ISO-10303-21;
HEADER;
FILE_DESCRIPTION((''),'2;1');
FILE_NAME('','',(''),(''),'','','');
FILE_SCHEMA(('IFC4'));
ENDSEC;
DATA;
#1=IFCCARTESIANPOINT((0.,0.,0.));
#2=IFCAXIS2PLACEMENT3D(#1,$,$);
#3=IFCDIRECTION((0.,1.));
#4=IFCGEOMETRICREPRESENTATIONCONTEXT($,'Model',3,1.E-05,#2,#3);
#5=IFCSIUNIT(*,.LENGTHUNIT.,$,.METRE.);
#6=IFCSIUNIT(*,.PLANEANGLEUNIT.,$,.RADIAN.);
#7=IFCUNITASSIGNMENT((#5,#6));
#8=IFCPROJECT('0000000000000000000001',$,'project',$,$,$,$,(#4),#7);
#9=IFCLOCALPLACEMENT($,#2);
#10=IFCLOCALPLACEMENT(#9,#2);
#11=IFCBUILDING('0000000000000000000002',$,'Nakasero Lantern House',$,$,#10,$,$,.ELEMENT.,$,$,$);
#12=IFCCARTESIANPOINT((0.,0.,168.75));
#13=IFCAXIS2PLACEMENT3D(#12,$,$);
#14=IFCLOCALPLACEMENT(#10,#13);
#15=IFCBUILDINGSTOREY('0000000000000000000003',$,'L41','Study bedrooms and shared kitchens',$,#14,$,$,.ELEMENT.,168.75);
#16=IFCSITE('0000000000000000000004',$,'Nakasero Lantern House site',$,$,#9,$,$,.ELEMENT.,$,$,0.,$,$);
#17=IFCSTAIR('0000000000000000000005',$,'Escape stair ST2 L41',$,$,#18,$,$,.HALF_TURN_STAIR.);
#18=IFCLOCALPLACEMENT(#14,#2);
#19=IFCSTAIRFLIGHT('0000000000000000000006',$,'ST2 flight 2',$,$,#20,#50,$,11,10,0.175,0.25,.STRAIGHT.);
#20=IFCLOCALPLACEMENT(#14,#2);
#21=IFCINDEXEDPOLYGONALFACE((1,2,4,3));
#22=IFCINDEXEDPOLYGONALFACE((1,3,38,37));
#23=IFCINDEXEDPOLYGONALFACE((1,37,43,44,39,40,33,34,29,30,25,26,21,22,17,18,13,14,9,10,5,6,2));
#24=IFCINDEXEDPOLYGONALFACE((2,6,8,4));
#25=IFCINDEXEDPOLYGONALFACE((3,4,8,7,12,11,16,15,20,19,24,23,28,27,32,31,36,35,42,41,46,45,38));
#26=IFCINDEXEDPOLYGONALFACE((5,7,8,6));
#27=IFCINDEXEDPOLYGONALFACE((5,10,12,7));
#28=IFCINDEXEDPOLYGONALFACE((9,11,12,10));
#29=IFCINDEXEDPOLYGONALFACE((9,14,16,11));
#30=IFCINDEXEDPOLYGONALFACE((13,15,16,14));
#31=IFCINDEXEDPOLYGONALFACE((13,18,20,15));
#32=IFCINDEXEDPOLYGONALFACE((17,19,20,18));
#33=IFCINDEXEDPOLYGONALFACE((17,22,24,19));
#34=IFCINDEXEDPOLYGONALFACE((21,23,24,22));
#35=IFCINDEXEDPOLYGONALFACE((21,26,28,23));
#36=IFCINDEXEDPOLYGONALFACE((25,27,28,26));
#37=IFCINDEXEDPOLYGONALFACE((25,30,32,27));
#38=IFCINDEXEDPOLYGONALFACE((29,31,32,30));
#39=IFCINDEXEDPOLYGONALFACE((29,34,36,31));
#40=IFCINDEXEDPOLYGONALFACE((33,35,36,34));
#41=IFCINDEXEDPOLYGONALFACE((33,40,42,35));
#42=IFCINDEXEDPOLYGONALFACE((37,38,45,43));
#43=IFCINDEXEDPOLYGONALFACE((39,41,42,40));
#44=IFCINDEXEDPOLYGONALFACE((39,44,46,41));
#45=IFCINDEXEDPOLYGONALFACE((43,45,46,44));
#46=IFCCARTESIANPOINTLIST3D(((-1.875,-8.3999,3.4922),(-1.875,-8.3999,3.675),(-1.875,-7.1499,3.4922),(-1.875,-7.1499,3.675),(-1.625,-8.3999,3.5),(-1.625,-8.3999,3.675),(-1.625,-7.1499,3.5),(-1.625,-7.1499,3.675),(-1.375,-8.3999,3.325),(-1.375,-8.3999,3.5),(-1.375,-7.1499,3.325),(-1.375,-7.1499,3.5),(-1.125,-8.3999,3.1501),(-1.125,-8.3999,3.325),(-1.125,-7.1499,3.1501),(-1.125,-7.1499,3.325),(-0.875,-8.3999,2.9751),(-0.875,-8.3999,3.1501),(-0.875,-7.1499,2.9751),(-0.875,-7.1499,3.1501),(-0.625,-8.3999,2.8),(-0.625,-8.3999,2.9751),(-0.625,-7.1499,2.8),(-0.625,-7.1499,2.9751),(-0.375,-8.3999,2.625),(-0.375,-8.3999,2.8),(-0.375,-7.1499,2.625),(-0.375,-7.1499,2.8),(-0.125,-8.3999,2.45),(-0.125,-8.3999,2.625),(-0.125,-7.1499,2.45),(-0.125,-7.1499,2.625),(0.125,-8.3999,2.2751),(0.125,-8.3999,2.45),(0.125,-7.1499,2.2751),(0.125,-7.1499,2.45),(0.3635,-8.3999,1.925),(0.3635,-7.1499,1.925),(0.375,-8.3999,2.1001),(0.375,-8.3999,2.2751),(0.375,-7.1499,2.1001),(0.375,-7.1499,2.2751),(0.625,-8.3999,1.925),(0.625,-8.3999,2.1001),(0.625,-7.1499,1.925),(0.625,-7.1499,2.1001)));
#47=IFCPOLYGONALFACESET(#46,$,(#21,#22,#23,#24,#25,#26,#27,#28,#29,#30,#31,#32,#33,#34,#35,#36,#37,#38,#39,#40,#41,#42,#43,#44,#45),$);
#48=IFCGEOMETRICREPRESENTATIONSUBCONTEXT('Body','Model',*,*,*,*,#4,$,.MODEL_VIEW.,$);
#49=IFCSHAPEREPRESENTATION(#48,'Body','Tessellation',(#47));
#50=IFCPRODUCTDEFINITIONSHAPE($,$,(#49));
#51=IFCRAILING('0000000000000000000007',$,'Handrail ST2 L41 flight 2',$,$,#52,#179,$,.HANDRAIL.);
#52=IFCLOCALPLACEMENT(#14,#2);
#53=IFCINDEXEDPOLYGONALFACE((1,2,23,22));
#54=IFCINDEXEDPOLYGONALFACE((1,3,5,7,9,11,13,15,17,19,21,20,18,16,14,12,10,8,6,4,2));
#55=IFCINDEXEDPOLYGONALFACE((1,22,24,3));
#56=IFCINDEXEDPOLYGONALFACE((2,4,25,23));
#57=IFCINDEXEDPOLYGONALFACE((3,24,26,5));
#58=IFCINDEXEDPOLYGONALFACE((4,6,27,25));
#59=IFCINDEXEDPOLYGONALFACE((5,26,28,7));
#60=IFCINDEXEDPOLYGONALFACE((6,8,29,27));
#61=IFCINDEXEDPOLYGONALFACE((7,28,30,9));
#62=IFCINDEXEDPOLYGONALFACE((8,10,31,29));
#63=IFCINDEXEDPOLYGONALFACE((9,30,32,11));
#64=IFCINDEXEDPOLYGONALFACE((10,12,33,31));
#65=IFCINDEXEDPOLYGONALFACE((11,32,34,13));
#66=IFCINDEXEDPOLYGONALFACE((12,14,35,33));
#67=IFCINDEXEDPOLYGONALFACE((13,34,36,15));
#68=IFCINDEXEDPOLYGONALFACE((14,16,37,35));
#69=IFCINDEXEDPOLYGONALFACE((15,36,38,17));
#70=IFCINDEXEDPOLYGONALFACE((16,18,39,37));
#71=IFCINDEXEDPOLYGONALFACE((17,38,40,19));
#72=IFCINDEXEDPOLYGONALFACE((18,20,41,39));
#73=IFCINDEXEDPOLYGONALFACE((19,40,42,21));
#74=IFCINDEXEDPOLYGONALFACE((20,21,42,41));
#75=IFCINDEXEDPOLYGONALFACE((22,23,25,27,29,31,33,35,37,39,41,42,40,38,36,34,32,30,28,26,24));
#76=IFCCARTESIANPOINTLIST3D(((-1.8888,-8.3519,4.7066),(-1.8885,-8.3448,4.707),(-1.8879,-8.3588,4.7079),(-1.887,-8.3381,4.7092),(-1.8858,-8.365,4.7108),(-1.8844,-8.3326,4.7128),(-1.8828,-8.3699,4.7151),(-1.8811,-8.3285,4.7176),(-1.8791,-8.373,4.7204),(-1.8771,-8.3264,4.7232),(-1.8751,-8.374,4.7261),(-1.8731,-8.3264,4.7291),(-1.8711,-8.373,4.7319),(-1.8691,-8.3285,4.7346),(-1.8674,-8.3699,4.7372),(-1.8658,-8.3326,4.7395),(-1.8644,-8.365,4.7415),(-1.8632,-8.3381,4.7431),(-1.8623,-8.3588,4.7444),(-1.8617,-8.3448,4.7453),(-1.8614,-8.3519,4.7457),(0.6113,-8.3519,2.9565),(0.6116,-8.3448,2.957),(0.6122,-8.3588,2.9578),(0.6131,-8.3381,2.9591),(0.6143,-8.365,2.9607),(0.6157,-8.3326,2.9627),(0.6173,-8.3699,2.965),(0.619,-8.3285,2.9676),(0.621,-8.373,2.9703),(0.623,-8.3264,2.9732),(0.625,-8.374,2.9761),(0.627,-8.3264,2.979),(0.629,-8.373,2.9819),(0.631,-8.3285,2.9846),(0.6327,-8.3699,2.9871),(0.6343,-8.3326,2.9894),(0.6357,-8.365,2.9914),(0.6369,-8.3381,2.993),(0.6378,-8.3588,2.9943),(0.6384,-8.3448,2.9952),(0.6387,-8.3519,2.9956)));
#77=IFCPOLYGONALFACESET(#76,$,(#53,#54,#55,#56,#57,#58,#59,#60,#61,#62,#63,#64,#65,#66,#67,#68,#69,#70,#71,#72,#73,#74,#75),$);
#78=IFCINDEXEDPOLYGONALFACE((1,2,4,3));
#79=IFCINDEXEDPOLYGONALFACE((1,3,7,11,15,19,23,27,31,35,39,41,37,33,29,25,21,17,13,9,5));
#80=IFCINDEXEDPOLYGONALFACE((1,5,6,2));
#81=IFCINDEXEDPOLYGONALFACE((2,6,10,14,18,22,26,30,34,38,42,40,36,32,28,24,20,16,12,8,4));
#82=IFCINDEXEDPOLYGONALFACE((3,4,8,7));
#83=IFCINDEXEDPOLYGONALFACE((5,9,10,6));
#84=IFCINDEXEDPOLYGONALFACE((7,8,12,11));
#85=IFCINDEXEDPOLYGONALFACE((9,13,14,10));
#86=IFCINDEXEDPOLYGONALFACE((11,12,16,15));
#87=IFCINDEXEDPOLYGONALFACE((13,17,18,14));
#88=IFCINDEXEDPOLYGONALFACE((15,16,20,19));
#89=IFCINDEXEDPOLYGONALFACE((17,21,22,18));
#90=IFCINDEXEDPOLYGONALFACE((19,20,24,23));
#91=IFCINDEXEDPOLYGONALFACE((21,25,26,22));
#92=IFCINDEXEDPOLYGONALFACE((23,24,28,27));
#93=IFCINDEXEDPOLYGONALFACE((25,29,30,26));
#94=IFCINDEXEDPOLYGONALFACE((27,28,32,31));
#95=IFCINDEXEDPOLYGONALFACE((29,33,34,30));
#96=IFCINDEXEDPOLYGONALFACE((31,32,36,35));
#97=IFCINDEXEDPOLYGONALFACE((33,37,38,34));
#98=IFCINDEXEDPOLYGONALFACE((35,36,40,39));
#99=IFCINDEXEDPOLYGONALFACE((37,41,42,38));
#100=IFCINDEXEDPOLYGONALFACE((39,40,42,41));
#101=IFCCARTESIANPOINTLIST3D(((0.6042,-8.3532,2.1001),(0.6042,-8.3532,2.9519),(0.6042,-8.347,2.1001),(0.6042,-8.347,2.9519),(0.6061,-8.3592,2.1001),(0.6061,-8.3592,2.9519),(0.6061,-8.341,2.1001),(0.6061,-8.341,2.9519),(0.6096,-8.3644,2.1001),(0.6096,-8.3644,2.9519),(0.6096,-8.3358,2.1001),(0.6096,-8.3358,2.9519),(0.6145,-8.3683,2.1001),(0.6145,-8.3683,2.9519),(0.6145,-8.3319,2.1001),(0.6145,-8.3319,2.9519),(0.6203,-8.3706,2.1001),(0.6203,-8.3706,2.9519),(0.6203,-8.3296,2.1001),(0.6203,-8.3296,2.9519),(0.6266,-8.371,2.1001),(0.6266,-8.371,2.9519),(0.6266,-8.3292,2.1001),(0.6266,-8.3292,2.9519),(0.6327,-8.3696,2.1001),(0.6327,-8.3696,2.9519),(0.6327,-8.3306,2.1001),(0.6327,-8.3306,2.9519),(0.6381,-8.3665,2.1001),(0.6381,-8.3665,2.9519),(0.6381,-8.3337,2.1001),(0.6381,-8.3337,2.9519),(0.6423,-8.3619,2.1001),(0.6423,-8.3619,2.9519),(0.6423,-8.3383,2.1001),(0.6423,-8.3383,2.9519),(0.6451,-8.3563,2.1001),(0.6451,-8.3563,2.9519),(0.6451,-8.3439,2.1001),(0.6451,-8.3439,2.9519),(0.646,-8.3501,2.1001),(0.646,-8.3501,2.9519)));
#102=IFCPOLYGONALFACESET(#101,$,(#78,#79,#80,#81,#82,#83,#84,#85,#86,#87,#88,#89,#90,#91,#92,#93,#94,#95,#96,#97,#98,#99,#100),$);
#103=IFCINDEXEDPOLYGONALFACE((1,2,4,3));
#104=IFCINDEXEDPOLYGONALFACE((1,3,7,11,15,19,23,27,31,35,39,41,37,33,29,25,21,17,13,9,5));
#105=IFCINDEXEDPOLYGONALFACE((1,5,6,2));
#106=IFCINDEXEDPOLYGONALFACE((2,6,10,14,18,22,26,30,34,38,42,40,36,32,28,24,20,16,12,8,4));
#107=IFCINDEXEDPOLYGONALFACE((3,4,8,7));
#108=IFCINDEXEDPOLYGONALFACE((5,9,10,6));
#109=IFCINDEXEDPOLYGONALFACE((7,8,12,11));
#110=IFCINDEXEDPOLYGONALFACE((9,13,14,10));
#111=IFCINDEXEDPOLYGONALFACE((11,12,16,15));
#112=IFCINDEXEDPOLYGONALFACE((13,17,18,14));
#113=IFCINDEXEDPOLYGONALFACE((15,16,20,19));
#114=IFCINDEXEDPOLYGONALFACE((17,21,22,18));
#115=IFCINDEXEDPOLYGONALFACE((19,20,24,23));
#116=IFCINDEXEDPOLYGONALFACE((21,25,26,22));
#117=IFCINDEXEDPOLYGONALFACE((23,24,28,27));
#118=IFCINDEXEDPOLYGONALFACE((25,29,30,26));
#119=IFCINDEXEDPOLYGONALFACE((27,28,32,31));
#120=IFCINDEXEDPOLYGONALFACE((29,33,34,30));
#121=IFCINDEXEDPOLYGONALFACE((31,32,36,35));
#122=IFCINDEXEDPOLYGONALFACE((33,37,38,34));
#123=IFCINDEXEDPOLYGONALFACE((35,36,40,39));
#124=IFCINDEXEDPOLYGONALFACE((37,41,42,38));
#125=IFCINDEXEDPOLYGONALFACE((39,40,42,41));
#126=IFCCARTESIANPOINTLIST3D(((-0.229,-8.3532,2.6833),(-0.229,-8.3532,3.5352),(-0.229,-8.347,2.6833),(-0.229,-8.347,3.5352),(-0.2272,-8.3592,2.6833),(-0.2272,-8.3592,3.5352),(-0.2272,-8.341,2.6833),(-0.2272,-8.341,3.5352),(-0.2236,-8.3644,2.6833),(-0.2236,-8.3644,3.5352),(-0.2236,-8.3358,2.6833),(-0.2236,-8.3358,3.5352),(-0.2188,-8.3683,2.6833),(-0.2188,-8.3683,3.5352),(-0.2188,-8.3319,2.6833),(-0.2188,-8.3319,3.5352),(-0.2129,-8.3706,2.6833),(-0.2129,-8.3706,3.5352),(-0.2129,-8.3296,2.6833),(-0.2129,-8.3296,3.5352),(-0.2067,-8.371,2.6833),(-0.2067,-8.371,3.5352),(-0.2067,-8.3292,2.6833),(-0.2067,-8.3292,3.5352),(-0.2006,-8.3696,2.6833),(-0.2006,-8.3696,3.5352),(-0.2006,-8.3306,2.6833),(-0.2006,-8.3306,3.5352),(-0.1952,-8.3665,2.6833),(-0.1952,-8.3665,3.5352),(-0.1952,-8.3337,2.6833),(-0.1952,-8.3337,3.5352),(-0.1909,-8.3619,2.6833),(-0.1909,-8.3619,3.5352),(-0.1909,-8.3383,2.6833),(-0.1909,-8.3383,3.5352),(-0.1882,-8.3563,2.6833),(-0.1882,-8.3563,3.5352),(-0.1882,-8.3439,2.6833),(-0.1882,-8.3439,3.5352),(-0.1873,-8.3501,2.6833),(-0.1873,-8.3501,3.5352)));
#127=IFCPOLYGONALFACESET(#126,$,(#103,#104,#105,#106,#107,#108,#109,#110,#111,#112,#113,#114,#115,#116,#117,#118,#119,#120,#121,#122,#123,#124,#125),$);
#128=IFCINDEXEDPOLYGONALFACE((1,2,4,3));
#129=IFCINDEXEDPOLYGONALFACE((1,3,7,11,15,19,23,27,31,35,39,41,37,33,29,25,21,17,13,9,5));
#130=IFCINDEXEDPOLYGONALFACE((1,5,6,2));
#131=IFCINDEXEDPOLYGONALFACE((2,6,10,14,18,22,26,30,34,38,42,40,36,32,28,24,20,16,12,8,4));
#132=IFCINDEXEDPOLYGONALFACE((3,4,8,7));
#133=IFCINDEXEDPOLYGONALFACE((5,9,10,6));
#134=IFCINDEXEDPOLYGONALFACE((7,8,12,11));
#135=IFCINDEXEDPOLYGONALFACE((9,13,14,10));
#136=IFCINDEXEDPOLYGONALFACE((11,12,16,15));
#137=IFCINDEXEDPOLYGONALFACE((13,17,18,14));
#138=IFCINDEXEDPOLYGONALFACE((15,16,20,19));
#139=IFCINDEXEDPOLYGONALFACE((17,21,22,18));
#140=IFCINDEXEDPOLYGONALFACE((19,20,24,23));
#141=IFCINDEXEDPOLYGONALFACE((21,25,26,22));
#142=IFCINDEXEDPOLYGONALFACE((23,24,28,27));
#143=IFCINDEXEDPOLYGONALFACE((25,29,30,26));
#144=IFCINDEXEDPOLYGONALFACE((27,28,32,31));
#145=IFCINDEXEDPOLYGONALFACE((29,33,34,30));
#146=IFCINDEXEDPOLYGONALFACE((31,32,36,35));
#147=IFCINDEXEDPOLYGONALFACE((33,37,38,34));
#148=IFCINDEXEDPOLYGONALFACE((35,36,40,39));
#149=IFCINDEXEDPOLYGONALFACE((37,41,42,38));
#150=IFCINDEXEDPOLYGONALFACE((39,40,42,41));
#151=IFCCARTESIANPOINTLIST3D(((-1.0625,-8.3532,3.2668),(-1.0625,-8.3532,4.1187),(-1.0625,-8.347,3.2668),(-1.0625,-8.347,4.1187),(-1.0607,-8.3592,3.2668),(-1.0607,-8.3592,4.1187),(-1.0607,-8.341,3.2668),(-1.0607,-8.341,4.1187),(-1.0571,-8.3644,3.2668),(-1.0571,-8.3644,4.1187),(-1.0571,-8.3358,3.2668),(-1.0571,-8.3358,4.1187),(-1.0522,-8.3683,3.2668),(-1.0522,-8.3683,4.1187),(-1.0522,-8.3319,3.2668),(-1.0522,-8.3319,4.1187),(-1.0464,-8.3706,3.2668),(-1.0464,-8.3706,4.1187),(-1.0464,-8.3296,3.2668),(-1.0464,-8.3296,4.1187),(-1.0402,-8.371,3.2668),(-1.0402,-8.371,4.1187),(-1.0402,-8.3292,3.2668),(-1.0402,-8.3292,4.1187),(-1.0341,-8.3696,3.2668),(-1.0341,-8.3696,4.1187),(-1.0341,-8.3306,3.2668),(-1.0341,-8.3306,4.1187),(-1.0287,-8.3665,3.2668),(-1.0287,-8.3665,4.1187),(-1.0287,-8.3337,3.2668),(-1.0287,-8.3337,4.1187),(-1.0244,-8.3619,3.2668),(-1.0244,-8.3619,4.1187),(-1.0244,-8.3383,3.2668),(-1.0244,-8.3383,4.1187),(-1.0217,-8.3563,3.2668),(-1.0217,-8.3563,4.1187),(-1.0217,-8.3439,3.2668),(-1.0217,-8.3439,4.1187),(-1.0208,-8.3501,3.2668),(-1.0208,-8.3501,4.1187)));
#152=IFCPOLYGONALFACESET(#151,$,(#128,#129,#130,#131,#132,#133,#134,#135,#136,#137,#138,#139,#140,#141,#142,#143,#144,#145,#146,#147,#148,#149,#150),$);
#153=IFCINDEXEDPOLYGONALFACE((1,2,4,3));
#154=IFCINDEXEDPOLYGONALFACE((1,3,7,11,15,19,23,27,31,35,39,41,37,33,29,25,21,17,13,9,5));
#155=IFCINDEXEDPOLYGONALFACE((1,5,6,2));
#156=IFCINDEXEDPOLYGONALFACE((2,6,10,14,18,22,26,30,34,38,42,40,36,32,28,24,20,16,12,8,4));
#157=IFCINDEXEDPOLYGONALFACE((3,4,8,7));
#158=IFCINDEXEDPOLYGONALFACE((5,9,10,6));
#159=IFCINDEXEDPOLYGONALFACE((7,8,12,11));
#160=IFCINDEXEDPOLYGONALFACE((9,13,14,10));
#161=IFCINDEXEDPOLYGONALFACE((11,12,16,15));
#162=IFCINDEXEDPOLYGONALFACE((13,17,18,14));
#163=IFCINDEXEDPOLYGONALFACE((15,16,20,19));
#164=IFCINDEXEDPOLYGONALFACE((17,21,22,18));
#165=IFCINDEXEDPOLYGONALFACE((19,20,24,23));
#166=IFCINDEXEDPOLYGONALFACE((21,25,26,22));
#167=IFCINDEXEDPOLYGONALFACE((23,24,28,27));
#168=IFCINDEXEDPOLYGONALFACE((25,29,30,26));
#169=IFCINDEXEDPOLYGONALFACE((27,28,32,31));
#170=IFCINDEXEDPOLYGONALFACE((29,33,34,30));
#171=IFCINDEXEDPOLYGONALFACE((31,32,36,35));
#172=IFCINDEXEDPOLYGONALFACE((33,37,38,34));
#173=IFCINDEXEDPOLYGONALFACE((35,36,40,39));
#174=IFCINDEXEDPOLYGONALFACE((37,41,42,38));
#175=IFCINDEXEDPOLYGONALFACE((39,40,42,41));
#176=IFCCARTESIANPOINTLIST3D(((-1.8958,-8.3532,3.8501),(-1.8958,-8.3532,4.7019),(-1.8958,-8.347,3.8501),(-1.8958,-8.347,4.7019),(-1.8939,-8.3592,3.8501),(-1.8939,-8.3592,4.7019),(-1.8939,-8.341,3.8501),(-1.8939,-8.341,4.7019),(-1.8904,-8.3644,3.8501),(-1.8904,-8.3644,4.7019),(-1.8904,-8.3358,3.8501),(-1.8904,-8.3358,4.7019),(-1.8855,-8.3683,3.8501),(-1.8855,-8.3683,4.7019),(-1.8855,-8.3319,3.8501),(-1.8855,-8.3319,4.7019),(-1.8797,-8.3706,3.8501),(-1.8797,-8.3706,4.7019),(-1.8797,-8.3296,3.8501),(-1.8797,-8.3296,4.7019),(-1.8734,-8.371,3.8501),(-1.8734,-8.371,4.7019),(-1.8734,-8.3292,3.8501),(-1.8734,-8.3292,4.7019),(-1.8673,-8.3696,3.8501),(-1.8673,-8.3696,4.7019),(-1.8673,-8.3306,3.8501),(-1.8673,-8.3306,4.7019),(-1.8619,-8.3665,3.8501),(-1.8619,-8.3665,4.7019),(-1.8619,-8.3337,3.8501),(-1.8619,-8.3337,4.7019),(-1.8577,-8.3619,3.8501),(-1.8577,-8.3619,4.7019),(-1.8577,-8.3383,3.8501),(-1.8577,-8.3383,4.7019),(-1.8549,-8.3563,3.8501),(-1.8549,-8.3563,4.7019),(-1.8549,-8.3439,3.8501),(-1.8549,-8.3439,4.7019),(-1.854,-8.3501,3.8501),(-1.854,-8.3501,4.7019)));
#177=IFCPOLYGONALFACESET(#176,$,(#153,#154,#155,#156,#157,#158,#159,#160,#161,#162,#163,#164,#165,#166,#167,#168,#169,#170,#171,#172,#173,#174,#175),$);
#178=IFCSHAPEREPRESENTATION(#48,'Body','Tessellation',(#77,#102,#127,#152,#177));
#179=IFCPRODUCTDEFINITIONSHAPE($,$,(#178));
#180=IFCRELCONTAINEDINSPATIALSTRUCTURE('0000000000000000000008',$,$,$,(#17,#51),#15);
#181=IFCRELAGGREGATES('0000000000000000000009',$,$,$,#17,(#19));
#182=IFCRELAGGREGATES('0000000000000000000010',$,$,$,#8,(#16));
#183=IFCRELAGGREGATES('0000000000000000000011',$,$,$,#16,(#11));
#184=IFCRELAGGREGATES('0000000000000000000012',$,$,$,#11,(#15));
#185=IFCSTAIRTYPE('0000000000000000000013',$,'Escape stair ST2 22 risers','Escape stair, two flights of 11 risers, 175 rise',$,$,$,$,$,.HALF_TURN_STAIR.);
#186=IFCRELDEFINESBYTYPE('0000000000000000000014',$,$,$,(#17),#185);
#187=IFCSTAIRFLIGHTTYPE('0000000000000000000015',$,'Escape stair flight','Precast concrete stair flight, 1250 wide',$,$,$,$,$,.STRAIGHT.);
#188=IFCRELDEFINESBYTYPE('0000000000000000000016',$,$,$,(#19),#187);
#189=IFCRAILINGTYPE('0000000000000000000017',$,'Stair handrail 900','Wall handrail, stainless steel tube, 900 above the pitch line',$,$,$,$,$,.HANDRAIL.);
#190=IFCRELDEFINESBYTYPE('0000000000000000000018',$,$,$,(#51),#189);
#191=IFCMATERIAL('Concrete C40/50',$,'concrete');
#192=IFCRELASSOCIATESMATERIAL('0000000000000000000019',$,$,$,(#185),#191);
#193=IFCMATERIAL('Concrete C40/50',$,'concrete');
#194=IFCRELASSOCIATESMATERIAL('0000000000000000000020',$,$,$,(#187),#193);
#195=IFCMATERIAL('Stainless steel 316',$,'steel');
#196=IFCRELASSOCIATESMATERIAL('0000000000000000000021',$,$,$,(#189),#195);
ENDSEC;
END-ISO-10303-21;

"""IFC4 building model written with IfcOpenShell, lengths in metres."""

from ifc_helpers import new_model, si_unit, direction, frame, origin, origin_2d, place, context, subcontext, project, spatial, polyline, circle, outline, extrude, material, type_object, element, aggregate, save


model = new_model("IFC4")

# Units and contexts
model_context = context("Model", 3, precision=1e-05, world=origin(), true_north=direction((0.0, 1.0)))
body_context = subcontext(model_context, "Body", "Model", "MODEL_VIEW")
ifc_project = project(units=[si_unit("LENGTHUNIT", "METRE"), si_unit("PLANEANGLEUNIT", "RADIAN")], contexts=[model_context])

# Site, building, storey
site_placement = place(None, origin())
site = spatial("IfcSite", under=ifc_project, at=site_placement, Name="Nakasero Lantern House site", CompositionType="ELEMENT", RefElevation=0.0)
building_placement = place(site_placement, origin())
building = spatial("IfcBuilding", under=site, at=building_placement, Name="Nakasero Lantern House", CompositionType="ELEMENT")
storey_placement = place(building_placement, frame((0.0, 0.0, 168.75)))
storey = spatial("IfcBuildingStorey", under=building, at=storey_placement, Name="L41", Description="Study bedrooms and shared kitchens", CompositionType="ELEMENT", Elevation=168.75)

# Stair, stair flight
ifc_material_1 = material(Name="Concrete C40/50", Category="concrete")
stair_type = type_object("IfcStairType", Name="Escape stair ST2 22 risers", Description="Escape stair, two flights of 11 risers, 175 rise", PredefinedType="HALF_TURN_STAIR", material=ifc_material_1)
stair_placement = place(storey_placement, origin())
stair = element("IfcStair", 1, at=stair_placement, inside=storey, type_object=stair_type, Name="Escape stair ST2 L41", PredefinedType="HALF_TURN_STAIR")
ifc_material_2 = material(Name="Concrete C40/50", Category="concrete")
stair_flight_type = type_object("IfcStairFlightType", Name="Escape stair flight", Description="Precast concrete stair flight, 1250 wide", PredefinedType="STRAIGHT", material=ifc_material_2)
stair_flight_placement = place(storey_placement, frame((0.625, -7.7749, 1.925), z_axis=(0.0, 0.0, 1.0), x_axis=(-1.0, 0.0, 0.0)))
stair_flight = element("IfcStairFlight", 2, at=stair_flight_placement, type_object=stair_flight_type, Name="ST2 flight 2", NumberOfRisers=11, NumberOfTreads=10, PredefinedType="STRAIGHT", RiserHeight=0.175, TreadLength=0.25, context=body_context, shape_type="SweptSolid", body=[
    extrude(outline(polyline([(0.0, 0.0), (0.0, 0.175), (0.25, 0.175), (0.25, 0.3501), (0.5, 0.3501), (0.5, 0.5249), (0.75, 0.5249), (0.75, 0.7), (1.0, 0.7), (1.0, 0.875), (1.25, 0.875), (1.25, 1.05), (1.5, 1.05), (1.5, 1.2251), (1.75, 1.2251), (1.75, 1.3999), (2.0, 1.3999), (2.0, 1.575), (2.25, 1.575), (2.25, 1.75), (2.5, 1.75), (2.5, 1.925), (2.5, 1.5671), (0.2615, 0.0), (0.0, 0.0)])), frame((0.0, 0.625, 0.0), z_axis=(0.0, -1.0, 0.0), x_axis=(1.0, 0.0, 0.0)), (0.0, 0.0, 1.0), 1.25),
])
aggregate(stair, [stair_flight])

# Railing
ifc_material_3 = material(Name="Stainless steel 316", Category="steel")
railing_type = type_object("IfcRailingType", Name="Stair handrail 900", Description="Wall handrail, stainless steel tube, 900 above the pitch line", PredefinedType="HANDRAIL", material=ifc_material_3)
railing_placement = place(storey_placement, frame((0.625, -8.3501, 2.1001)))
element("IfcRailing", 3, at=railing_placement, inside=storey, type_object=railing_type, Name="Handrail ST2 L41 flight 2", PredefinedType="HANDRAIL", context=body_context, shape_type="SweptSolid", body=[
    extrude(circle(Radius=0.0239, at=origin_2d()), frame((0.0, 0.0, 0.876), z_axis=(-0.819232, 0.0, 0.573462), x_axis=(0.0, -1.0, 0.0)), (0.0, 0.0, 1.0), 3.0518),
    extrude(circle(Radius=0.021, at=origin_2d()), origin(), (0.0, 0.0, 1.0), 0.8518),
    extrude(circle(Radius=0.021, at=origin_2d()), frame((-0.8333, 0.0, 0.5833)), (0.0, 0.0, 1.0), 0.8518),
    extrude(circle(Radius=0.021, at=origin_2d()), frame((-1.6667, 0.0, 1.1667)), (0.0, 0.0, 1.0), 0.8518),
    extrude(circle(Radius=0.021, at=origin_2d()), frame((-2.5, 0.0, 1.75)), (0.0, 0.0, 1.0), 0.8518),
])

save(model, "model.ifc")
